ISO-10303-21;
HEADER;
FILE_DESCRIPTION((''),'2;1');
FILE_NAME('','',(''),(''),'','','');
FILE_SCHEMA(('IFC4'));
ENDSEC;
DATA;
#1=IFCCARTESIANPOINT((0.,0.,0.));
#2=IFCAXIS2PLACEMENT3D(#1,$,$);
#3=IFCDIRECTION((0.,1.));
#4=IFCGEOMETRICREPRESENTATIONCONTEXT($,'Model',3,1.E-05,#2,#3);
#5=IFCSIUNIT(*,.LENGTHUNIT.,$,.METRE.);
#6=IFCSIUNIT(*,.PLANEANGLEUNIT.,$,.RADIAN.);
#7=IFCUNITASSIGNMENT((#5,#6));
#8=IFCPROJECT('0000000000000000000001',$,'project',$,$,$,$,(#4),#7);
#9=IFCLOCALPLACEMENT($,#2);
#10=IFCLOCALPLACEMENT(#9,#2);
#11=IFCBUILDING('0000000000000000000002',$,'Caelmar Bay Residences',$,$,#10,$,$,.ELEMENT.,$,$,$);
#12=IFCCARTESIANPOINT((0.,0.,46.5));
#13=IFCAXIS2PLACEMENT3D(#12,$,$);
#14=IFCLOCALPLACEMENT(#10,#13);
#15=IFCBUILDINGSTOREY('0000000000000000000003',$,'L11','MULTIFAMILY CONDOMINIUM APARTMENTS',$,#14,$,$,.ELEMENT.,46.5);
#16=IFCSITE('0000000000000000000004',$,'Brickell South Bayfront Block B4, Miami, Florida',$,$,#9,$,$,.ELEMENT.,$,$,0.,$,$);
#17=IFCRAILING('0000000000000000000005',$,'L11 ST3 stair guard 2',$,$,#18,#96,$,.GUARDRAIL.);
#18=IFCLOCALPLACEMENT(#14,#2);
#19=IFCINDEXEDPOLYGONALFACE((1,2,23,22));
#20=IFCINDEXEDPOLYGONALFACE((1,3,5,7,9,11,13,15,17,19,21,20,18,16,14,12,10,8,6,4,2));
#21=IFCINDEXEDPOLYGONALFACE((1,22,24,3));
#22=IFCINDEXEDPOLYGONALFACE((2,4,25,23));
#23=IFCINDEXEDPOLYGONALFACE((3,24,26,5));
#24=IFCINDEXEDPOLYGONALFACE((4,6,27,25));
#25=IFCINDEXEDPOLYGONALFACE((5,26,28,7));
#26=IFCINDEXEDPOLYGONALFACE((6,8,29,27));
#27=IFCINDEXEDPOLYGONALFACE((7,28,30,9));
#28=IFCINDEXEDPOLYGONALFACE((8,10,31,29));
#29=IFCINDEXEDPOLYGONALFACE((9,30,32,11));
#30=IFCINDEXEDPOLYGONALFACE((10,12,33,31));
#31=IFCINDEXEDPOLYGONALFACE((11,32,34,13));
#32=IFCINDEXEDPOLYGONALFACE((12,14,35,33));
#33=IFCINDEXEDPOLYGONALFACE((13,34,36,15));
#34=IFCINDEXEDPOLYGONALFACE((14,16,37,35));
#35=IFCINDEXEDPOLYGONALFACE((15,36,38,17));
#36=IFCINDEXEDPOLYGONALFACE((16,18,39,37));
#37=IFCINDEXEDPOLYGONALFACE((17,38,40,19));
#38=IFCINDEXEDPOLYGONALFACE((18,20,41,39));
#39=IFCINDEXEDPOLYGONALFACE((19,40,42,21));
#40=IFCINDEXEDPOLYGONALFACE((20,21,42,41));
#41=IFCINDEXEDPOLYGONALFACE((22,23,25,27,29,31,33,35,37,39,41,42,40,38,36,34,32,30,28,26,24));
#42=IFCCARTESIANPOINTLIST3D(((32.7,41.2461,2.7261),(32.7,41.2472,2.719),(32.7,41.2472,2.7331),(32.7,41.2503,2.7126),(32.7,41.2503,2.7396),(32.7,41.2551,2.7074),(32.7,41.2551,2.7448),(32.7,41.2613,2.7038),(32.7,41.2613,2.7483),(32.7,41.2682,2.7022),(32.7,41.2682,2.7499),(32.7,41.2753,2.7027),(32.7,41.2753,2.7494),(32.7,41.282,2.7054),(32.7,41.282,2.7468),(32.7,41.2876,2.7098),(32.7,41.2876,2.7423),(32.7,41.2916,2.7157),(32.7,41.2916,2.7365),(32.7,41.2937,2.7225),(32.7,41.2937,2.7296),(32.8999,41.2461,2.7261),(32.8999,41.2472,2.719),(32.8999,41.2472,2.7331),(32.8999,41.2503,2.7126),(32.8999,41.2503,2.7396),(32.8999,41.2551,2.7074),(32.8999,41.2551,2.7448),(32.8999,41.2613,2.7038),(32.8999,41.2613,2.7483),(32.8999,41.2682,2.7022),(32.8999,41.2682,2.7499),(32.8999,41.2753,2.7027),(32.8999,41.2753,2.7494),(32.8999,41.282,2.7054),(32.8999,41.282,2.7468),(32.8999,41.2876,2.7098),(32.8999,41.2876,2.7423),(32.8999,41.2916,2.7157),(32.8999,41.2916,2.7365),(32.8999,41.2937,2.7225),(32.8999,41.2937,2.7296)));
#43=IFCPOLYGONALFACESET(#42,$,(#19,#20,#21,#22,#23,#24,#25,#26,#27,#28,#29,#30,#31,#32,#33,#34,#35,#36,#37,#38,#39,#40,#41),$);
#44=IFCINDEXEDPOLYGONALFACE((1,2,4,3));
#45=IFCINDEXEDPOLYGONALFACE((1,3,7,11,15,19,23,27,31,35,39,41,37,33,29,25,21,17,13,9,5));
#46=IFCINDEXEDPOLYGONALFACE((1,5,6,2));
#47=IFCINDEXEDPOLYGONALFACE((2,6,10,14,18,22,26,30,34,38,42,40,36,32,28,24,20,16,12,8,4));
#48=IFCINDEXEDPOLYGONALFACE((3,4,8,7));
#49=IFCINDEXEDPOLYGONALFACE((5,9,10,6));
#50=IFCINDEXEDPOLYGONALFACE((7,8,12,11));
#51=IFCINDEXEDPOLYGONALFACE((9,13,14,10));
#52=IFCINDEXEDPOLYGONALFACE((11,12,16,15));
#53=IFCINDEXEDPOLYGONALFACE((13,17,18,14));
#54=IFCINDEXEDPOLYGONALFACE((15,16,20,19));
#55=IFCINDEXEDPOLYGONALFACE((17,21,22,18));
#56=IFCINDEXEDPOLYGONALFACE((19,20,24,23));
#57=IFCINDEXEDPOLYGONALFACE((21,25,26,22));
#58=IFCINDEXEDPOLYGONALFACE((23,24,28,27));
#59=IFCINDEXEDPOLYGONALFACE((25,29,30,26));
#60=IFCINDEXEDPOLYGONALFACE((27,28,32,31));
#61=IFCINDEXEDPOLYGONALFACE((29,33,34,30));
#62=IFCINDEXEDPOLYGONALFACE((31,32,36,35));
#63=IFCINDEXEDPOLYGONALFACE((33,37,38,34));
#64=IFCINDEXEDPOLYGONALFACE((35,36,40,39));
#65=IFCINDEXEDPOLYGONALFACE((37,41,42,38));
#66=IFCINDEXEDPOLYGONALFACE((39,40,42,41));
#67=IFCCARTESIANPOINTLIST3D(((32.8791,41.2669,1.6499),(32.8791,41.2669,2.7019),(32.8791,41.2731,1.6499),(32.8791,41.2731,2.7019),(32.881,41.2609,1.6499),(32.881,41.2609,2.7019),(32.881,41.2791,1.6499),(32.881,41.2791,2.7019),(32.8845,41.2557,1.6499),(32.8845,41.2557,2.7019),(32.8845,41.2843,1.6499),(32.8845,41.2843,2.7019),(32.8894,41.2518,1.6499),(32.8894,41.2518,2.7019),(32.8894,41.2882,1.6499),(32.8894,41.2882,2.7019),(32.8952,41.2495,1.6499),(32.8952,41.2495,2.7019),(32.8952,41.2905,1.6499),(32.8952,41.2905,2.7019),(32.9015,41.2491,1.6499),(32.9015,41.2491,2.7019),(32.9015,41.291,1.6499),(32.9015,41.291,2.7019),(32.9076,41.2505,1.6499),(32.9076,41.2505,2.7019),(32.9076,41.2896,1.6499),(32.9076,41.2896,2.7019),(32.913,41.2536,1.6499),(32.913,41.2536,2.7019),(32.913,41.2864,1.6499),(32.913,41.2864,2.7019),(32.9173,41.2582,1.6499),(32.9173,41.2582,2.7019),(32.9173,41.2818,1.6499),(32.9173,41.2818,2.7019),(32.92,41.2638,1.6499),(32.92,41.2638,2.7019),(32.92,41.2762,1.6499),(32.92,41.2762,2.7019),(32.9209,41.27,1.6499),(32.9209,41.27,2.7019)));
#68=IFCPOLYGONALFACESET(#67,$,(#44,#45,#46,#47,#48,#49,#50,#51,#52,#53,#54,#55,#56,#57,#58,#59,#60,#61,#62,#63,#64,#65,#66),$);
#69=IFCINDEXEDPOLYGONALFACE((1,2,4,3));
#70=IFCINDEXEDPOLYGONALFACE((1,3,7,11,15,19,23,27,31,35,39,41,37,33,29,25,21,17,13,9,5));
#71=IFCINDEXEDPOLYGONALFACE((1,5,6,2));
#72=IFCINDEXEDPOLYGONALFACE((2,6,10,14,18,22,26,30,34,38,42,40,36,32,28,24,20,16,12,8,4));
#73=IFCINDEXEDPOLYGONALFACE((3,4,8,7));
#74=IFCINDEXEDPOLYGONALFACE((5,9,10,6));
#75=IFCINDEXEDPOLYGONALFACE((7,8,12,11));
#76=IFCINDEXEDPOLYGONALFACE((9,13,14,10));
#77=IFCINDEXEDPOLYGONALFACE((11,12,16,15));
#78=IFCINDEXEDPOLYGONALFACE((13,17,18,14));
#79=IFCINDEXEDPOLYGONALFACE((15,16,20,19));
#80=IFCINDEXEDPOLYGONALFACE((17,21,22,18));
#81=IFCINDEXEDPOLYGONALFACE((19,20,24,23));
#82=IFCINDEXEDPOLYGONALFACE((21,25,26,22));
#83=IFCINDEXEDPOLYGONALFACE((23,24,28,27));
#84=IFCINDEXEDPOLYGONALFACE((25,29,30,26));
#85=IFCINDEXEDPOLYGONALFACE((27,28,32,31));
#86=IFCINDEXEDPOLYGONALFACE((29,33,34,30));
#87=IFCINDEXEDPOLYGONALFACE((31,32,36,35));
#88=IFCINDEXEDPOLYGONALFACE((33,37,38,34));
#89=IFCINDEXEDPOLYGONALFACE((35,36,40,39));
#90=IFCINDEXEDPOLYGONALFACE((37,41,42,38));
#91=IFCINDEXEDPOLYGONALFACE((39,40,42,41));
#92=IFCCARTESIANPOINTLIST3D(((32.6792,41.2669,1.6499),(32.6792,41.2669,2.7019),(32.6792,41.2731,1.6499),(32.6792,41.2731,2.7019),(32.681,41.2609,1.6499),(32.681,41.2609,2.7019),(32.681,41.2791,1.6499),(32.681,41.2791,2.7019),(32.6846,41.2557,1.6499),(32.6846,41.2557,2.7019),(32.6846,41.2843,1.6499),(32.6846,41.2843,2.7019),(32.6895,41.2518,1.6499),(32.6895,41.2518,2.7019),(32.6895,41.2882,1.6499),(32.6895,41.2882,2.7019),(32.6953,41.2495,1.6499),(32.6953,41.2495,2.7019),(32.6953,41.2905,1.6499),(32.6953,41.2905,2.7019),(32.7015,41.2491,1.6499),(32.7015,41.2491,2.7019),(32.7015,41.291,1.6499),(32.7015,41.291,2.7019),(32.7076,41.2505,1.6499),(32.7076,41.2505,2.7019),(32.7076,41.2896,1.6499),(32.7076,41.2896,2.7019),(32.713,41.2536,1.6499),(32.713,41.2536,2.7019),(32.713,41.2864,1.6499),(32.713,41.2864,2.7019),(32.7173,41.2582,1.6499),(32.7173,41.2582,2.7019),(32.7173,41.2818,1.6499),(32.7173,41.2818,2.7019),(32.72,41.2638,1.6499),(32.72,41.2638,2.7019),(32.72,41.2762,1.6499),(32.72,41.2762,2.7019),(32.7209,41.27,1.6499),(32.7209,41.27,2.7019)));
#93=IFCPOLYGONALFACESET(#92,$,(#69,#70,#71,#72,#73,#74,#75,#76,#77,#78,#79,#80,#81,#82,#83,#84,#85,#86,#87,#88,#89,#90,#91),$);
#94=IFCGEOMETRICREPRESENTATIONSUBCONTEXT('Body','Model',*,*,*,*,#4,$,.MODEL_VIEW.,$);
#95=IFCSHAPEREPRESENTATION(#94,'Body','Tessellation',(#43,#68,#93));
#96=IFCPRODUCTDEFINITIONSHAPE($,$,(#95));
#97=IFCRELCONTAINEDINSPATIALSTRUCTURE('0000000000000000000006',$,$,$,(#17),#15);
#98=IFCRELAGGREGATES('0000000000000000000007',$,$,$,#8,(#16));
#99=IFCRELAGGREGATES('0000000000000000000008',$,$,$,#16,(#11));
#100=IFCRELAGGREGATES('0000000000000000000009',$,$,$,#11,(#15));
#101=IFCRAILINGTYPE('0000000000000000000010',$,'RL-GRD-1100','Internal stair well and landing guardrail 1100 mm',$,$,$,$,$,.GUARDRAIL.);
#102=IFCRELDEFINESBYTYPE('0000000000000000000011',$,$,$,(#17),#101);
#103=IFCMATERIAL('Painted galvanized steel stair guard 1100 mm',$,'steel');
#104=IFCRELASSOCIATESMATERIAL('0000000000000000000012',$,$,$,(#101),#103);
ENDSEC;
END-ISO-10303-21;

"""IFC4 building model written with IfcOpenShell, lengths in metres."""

from ifc_helpers import new_model, si_unit, direction, frame, origin, origin_2d, place, context, subcontext, project, spatial, circle, extrude, material, type_object, element, save


model = new_model("IFC4")

# Units and contexts
model_context = context("Model", 3, precision=1e-05, world=origin(), true_north=direction((0.0, 1.0)))
body_context = subcontext(model_context, "Body", "Model", "MODEL_VIEW")
ifc_project = project(units=[si_unit("LENGTHUNIT", "METRE"), si_unit("PLANEANGLEUNIT", "RADIAN")], contexts=[model_context])

# Site, building, storey
site_placement = place(None, origin())
site = spatial("IfcSite", under=ifc_project, at=site_placement, Name="Brickell South Bayfront Block B4, Miami, Florida", CompositionType="ELEMENT", RefElevation=0.0)
building_placement = place(site_placement, origin())
building = spatial("IfcBuilding", under=site, at=building_placement, Name="Caelmar Bay Residences", CompositionType="ELEMENT")
storey_placement = place(building_placement, frame((0.0, 0.0, 46.5)))
storey = spatial("IfcBuildingStorey", under=building, at=storey_placement, Name="L11", Description="MULTIFAMILY CONDOMINIUM APARTMENTS", CompositionType="ELEMENT", Elevation=46.5)

# Railing
ifc_material_1 = material(Name="Painted galvanized steel stair guard 1100 mm", Category="steel")
railing_type_1 = type_object("IfcRailingType", Name="RL-GRD-1100", Description="Internal stair well and landing guardrail 1100 mm", PredefinedType="GUARDRAIL", material=ifc_material_1)
railing_1_placement = place(storey_placement, frame((32.8999, 41.27, 1.6499)))
element("IfcRailing", 1, at=railing_1_placement, inside=storey, type_object=railing_type_1, Name="L11 ST3 stair guard 2", PredefinedType="GUARDRAIL", context=body_context, shape_type="SweptSolid", body=[
    extrude(circle(Radius=0.0239, at=origin_2d()), frame((0.0, 0.0, 1.0762), z_axis=(-1.0, 0.0, 0.0), x_axis=(0.0, -1.0, 0.0)), (0.0, 0.0, 1.0), 0.2),
    extrude(circle(Radius=0.021, at=origin_2d()), origin(), (0.0, 0.0, 1.0), 1.052),
    extrude(circle(Radius=0.021, at=origin_2d()), frame((-0.2, 0.0, 0.0)), (0.0, 0.0, 1.0), 1.052),
])

save(model, "model.ifc")
